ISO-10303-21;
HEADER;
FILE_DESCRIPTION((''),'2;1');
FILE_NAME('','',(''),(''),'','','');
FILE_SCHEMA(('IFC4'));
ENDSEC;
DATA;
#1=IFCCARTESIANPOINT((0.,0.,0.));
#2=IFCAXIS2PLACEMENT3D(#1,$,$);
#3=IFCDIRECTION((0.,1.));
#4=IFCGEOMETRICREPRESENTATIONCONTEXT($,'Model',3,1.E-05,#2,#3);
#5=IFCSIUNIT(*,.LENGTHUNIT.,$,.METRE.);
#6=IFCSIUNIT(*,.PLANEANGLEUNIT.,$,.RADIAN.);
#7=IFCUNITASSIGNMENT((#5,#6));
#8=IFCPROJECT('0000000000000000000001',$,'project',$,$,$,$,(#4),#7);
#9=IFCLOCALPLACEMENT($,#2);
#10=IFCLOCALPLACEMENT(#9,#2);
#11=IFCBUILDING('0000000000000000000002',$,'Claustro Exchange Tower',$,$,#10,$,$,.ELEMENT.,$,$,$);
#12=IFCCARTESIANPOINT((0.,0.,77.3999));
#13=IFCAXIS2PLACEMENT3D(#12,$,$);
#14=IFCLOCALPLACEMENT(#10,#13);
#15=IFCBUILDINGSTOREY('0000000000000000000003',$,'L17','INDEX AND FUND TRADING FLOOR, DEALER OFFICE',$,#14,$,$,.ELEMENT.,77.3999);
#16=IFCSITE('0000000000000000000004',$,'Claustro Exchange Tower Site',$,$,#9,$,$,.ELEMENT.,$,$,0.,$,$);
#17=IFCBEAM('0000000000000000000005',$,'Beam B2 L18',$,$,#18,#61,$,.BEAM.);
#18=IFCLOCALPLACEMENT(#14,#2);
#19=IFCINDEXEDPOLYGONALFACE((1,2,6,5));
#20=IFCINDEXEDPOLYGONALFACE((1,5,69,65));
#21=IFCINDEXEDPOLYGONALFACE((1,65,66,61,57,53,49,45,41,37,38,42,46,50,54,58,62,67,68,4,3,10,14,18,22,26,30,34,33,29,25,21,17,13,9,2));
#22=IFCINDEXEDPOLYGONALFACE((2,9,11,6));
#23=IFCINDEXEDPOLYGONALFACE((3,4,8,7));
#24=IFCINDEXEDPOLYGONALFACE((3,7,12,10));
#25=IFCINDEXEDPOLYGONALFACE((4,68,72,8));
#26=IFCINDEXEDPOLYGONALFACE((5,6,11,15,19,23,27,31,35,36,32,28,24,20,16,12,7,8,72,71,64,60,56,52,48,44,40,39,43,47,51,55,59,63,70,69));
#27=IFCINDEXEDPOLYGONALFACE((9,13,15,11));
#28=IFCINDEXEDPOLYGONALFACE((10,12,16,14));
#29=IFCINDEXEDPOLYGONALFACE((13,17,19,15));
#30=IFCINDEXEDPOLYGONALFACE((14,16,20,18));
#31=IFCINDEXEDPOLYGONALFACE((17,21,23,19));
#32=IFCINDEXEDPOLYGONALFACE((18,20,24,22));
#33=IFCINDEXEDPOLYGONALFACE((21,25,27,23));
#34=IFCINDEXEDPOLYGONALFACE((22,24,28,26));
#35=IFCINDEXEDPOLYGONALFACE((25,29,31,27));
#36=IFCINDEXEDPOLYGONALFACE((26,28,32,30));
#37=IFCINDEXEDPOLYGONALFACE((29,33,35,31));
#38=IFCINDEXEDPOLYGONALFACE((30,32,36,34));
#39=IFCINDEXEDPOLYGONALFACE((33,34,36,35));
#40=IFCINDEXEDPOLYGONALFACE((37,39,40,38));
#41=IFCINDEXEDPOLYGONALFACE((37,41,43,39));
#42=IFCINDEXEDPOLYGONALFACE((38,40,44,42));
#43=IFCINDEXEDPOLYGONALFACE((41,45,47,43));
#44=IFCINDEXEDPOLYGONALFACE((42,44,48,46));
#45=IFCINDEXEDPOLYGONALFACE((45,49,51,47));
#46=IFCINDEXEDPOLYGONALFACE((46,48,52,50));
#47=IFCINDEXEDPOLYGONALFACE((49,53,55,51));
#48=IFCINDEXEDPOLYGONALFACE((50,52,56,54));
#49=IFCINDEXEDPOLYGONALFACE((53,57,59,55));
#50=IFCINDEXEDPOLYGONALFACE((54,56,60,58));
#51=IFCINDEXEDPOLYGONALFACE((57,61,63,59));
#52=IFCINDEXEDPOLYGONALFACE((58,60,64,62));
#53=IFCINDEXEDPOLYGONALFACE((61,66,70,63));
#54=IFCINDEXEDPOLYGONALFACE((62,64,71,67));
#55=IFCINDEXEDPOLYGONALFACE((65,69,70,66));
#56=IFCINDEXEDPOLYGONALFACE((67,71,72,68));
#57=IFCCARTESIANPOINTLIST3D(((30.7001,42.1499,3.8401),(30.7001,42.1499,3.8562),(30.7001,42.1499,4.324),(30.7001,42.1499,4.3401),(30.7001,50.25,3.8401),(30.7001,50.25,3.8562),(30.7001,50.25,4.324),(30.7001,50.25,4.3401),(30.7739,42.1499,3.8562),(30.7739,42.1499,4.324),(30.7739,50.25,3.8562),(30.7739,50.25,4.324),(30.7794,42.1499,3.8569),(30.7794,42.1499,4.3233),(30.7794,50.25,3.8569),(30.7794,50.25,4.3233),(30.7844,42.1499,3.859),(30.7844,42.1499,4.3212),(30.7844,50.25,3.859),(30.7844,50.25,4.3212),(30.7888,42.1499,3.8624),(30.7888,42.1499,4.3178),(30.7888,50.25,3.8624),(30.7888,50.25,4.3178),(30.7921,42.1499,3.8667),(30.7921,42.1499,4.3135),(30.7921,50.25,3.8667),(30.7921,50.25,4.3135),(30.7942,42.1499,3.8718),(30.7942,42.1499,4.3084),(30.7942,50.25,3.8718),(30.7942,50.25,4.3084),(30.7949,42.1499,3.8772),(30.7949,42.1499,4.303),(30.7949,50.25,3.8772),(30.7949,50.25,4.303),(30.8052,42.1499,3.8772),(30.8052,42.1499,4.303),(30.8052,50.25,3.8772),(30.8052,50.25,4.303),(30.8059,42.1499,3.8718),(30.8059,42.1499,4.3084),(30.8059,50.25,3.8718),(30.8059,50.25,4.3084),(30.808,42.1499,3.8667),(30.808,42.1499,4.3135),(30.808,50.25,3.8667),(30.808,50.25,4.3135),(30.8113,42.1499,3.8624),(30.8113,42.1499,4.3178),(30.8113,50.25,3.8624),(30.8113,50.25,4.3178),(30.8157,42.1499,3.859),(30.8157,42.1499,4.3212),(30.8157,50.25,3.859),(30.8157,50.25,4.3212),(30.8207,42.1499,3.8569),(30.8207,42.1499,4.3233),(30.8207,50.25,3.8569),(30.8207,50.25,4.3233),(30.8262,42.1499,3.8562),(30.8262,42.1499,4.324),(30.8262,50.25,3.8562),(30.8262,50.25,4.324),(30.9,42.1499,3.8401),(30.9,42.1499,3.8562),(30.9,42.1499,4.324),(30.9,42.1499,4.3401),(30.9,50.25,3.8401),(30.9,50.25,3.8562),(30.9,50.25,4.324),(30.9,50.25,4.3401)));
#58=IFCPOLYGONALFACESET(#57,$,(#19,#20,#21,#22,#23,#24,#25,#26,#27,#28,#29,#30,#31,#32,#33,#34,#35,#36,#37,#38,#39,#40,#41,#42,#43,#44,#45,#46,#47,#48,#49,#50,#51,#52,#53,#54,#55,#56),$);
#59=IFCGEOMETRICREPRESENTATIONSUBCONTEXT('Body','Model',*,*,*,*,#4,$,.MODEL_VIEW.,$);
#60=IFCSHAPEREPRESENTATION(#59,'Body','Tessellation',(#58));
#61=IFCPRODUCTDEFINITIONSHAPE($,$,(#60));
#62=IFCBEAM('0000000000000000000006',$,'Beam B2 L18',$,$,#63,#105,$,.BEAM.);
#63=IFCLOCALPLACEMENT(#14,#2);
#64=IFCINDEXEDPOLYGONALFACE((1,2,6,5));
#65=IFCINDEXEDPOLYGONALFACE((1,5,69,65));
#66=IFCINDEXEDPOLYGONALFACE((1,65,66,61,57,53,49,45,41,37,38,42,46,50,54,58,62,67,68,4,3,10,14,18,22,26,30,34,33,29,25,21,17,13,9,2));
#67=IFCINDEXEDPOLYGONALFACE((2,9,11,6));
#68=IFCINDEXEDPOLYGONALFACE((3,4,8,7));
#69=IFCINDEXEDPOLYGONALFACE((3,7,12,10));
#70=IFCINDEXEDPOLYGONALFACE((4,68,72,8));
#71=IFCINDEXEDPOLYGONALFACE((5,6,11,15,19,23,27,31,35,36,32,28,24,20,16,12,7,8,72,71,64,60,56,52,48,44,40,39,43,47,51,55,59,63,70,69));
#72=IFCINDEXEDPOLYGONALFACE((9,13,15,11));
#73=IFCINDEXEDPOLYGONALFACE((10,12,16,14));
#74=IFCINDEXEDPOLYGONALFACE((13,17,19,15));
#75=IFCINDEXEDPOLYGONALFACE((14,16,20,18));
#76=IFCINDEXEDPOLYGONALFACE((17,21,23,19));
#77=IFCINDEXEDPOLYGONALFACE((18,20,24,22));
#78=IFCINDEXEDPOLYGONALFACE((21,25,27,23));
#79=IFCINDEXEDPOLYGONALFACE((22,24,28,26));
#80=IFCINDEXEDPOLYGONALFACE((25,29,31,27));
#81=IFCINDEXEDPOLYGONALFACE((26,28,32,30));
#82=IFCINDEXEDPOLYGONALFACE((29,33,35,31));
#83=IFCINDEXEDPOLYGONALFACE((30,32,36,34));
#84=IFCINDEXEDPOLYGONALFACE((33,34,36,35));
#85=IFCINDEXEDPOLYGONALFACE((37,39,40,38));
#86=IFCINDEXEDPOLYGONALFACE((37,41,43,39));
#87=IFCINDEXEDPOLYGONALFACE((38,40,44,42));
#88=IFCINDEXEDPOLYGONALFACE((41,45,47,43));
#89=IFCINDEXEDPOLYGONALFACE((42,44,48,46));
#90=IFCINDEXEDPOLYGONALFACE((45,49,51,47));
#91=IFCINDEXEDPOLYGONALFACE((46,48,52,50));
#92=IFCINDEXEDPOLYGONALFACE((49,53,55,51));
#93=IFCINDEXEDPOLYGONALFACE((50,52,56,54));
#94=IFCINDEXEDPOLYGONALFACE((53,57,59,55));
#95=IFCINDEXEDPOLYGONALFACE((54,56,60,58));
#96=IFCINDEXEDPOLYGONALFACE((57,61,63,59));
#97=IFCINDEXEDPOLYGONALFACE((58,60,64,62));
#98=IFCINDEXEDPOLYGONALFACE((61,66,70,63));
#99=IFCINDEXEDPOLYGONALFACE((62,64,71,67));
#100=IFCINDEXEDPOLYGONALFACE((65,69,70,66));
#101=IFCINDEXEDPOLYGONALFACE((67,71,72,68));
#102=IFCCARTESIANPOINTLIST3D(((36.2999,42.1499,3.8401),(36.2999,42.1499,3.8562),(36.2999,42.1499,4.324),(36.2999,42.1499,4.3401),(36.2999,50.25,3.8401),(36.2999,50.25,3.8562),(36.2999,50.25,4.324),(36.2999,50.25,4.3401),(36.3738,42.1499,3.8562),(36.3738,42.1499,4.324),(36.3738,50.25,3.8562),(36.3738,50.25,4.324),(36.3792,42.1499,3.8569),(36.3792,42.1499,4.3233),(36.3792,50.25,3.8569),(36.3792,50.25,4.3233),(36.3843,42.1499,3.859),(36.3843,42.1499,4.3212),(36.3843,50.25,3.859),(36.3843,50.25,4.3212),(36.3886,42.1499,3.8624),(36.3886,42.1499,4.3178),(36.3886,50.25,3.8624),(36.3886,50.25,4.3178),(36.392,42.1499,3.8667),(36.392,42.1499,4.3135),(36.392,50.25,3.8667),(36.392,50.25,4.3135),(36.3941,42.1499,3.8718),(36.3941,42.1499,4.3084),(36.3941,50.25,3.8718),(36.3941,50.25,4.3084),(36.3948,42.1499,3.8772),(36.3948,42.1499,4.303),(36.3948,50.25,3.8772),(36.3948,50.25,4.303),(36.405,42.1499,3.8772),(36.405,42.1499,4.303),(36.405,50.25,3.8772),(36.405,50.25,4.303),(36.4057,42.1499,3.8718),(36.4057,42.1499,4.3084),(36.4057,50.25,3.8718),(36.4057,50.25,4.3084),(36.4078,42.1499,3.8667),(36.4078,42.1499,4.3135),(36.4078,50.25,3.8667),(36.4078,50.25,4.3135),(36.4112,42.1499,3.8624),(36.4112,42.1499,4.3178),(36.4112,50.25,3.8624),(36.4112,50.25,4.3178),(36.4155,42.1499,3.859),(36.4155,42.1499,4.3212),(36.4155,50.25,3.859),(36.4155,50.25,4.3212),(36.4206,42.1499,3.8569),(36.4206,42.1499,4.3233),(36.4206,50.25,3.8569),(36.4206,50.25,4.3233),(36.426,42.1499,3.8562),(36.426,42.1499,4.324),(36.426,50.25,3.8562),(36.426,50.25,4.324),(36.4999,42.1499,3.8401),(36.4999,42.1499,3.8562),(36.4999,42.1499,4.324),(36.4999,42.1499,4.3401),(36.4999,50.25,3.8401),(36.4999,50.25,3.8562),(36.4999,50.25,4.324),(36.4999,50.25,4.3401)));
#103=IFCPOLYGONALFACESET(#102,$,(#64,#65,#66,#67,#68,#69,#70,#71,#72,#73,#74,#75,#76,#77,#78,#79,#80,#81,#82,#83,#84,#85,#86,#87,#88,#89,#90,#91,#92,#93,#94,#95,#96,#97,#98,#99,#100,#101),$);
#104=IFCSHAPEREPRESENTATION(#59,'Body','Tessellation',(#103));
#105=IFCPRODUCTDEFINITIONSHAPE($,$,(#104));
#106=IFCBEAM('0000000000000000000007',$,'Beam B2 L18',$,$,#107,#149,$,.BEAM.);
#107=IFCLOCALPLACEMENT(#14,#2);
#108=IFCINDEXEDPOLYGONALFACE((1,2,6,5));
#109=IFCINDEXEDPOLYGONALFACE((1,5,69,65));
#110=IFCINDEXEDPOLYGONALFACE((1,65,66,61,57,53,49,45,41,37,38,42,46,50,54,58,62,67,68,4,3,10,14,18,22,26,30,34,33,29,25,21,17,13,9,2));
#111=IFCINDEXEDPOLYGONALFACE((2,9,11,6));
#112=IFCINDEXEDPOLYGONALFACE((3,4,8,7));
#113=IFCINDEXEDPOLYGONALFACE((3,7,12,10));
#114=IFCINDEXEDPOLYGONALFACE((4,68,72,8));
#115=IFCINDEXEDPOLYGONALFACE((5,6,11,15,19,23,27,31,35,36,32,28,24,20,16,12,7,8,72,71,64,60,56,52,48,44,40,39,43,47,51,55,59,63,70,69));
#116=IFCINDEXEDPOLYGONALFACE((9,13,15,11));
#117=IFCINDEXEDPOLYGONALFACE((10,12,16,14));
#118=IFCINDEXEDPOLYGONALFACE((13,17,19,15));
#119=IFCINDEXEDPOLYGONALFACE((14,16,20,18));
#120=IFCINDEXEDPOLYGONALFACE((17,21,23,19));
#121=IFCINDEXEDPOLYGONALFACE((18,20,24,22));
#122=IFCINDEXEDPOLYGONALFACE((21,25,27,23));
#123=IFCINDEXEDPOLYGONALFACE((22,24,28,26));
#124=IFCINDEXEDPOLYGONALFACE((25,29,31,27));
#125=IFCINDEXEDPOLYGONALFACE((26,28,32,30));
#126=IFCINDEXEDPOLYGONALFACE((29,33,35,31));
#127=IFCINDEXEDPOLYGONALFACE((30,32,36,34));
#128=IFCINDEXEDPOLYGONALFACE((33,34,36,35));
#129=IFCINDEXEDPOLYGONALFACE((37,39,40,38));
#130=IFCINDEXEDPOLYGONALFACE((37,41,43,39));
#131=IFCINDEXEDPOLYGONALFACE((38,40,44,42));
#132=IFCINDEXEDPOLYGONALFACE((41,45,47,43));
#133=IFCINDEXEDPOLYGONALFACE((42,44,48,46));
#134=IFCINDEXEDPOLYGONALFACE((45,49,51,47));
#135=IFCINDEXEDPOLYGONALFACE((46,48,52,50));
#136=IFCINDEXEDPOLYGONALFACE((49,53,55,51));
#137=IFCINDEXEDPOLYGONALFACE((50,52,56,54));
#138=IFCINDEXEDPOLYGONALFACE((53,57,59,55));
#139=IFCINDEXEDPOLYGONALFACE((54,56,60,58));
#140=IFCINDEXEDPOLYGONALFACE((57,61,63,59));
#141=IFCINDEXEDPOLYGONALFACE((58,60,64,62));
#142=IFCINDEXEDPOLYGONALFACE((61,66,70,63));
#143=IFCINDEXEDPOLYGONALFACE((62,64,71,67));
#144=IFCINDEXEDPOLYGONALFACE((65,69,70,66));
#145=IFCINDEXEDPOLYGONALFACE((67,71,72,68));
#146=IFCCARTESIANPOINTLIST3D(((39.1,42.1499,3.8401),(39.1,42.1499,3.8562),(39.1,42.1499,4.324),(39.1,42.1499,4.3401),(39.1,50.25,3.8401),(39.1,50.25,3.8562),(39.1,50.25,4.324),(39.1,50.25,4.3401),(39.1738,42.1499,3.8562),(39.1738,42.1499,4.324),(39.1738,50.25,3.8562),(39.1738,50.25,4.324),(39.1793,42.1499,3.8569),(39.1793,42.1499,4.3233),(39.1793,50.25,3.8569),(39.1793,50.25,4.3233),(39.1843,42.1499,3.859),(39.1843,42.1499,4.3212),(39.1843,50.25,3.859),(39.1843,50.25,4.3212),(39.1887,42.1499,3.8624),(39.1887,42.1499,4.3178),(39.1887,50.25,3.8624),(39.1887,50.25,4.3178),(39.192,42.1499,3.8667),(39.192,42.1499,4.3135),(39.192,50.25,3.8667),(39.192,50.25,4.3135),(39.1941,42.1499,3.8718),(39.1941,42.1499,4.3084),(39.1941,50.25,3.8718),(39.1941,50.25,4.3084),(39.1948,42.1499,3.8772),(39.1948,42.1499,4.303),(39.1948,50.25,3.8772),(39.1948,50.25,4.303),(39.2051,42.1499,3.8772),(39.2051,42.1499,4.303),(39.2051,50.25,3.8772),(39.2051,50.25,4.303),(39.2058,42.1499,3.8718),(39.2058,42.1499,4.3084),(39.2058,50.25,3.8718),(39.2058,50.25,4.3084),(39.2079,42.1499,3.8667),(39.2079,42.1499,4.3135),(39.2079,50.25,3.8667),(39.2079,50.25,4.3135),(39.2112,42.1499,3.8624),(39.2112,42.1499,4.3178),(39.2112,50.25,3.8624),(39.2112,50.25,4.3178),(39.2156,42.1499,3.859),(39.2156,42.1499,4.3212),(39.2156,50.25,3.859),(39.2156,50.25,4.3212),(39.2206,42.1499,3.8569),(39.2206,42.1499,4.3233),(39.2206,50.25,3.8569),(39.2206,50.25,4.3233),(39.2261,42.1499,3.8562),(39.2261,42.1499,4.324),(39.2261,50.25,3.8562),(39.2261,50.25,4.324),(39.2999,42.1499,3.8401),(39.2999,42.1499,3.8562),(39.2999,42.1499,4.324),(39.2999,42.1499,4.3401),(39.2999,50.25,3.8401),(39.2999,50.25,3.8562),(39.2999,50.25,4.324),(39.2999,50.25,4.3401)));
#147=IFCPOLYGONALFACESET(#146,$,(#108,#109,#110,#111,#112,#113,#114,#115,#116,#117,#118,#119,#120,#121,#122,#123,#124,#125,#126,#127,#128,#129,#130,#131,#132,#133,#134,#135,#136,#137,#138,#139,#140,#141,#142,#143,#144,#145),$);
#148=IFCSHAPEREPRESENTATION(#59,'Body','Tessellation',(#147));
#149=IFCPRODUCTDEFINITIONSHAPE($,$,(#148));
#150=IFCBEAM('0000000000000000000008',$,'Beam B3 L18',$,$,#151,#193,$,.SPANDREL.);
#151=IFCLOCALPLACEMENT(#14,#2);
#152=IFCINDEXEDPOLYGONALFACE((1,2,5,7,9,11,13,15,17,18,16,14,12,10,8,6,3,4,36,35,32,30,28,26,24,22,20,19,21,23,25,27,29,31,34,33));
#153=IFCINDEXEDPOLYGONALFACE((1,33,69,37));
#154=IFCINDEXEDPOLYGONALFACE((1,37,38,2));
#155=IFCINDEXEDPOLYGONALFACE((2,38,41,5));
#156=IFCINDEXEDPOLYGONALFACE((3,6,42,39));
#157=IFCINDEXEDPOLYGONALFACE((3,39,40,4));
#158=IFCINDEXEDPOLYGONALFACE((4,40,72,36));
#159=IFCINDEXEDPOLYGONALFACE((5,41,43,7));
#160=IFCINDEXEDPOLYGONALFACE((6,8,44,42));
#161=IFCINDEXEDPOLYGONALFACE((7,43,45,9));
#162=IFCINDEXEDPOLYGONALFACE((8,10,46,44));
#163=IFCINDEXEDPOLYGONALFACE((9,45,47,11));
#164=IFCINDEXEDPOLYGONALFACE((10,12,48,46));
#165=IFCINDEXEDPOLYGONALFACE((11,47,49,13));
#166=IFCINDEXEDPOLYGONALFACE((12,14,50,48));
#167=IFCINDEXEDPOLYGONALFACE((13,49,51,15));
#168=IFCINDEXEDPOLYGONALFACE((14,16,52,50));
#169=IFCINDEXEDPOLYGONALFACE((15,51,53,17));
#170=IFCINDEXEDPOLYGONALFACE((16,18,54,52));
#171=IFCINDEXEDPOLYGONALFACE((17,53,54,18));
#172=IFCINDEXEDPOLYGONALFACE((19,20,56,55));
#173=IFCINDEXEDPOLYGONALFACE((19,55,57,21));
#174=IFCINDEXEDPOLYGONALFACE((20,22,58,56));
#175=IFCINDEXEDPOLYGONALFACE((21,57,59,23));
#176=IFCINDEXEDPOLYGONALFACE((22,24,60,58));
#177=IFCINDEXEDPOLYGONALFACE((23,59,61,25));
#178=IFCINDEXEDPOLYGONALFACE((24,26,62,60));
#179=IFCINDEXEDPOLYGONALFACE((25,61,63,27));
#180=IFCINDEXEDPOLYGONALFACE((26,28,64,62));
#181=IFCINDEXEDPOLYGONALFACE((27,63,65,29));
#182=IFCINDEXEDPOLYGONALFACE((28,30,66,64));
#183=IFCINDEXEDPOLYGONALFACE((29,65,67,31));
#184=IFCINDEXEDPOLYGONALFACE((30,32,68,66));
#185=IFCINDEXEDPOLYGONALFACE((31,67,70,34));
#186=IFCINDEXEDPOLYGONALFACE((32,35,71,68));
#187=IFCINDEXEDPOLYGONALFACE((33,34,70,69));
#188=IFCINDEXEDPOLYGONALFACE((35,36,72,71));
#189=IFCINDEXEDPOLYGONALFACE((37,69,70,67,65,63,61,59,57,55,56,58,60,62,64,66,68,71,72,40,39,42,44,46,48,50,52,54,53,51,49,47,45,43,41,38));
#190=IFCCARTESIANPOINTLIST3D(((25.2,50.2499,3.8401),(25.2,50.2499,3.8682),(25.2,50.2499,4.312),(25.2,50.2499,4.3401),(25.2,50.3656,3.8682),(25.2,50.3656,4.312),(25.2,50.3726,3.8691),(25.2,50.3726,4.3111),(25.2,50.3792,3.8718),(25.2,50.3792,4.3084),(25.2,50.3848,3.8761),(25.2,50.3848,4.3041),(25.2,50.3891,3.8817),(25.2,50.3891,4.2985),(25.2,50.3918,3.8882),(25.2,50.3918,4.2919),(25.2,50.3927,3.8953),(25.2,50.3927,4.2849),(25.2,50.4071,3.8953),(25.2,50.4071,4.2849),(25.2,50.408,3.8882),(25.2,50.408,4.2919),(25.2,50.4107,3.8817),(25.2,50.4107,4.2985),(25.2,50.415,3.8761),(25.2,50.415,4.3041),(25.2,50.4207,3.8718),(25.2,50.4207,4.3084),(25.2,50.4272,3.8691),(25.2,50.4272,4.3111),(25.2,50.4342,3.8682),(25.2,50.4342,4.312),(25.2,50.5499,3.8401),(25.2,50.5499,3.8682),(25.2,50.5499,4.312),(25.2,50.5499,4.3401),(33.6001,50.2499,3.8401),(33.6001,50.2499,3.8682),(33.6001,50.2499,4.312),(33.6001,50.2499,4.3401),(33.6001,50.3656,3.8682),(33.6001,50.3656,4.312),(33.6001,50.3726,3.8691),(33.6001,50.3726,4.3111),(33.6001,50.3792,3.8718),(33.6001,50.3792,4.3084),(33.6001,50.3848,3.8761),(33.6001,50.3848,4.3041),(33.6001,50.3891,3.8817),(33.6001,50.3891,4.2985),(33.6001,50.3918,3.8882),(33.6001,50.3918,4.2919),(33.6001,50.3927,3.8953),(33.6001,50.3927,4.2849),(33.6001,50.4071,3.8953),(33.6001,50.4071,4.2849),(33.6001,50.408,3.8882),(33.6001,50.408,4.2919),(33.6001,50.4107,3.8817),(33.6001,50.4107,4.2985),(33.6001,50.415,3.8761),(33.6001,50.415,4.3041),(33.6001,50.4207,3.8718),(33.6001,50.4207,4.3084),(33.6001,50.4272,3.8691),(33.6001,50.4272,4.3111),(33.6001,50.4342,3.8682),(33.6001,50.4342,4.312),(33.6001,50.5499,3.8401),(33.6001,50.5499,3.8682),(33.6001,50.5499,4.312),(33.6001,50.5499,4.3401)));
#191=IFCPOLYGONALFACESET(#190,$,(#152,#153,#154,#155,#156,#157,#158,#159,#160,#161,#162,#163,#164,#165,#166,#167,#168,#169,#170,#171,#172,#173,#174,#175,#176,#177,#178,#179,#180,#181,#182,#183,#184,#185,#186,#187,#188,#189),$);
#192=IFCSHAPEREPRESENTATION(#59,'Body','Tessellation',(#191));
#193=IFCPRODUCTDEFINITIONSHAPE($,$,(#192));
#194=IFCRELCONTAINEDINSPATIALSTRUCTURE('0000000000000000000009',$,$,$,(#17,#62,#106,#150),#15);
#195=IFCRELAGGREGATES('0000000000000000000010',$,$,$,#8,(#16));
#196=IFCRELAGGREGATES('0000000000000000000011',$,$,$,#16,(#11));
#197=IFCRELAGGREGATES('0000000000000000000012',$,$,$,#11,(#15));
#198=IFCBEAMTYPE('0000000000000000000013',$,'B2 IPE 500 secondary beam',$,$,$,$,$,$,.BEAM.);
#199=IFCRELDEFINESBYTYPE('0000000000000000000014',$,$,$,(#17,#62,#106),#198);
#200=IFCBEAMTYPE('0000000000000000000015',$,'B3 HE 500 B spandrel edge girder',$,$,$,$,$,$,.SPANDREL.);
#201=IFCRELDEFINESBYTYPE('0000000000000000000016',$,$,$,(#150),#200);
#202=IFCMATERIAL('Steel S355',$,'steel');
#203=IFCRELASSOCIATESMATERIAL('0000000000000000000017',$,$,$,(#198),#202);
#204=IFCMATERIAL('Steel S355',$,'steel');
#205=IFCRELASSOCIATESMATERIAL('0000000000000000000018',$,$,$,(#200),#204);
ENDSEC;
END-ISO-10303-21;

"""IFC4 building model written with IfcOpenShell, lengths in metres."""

from ifc_helpers import new_model, si_unit, direction, frame, origin, origin_2d, place, context, subcontext, project, spatial, i_section, extrude, material, material_profile, profile_set, type_object, element, save


model = new_model("IFC4")

# Units and contexts
model_context = context("Model", 3, precision=1e-05, world=origin(), true_north=direction((0.0, 1.0)))
body_context = subcontext(model_context, "Body", "Model", "MODEL_VIEW")
ifc_project = project(units=[si_unit("LENGTHUNIT", "METRE"), si_unit("PLANEANGLEUNIT", "RADIAN")], contexts=[model_context])

# Site, building, storey
site_placement = place(None, origin())
site = spatial("IfcSite", under=ifc_project, at=site_placement, Name="Claustro Exchange Tower Site", CompositionType="ELEMENT", RefElevation=0.0)
building_placement = place(site_placement, origin())
building = spatial("IfcBuilding", under=site, at=building_placement, Name="Claustro Exchange Tower", CompositionType="ELEMENT")
storey_placement = place(building_placement, frame((0.0, 0.0, 77.3999)))
storey = spatial("IfcBuildingStorey", under=building, at=storey_placement, Name="L17", Description="INDEX AND FUND TRADING FLOOR, DEALER OFFICE", CompositionType="ELEMENT", Elevation=77.3999)

# Beams
ifc_material_1 = material(Name="Steel S355", Category="steel")
ifc_material_profile_1 = material_profile(ifc_material_1, i_section(OverallWidth=0.2, OverallDepth=0.5, WebThickness=0.0103, FlangeThickness=0.0161, FilletRadius=0.021, at=origin_2d()), Name="IPE 500")
ifc_profile_set_1 = profile_set([ifc_material_profile_1], Name="Steel S355")
beam_type_1 = type_object("IfcBeamType", Name="B2 IPE 500 secondary beam", PredefinedType="BEAM", material=ifc_profile_set_1)
for number, where, z_axis, x_axis, name in (
    (1, (30.8, 42.1499, 4.0901), (0.0, 1.0, 0.0), (-1.0, 0.0, 0.0), "Beam B2 L18"),
    (2, (36.3999, 42.1499, 4.0901), (0.0, 1.0, 0.0), (-1.0, 0.0, 0.0), "Beam B2 L18"),
    (3, (39.2, 42.1499, 4.0901), (0.0, 1.0, 0.0), (-1.0, 0.0, 0.0), "Beam B2 L18"),
):
    element("IfcBeam", number, at=place(storey_placement, frame(where, z_axis=z_axis, x_axis=x_axis)), inside=storey, type_object=beam_type_1, Name=name, PredefinedType="BEAM", context=body_context, shape_type="SweptSolid", body=[
        extrude(i_section(OverallWidth=0.2, OverallDepth=0.5, WebThickness=0.0103, FlangeThickness=0.0161, FilletRadius=0.021, at=origin_2d()), origin(), (0.0, 0.0, 1.0), 8.1001),
    ])
ifc_material_2 = material(Name="Steel S355", Category="steel")
ifc_material_profile_2 = material_profile(ifc_material_2, i_section(OverallWidth=0.3, OverallDepth=0.5, WebThickness=0.0144, FlangeThickness=0.0281, FilletRadius=0.0271, at=origin_2d()), Name="HE 500 B")
ifc_profile_set_2 = profile_set([ifc_material_profile_2], Name="Steel S355")
beam_type_2 = type_object("IfcBeamType", Name="B3 HE 500 B spandrel edge girder", PredefinedType="SPANDREL", material=ifc_profile_set_2)
beam_1_placement = place(storey_placement, frame((25.2, 50.3999, 4.0901), z_axis=(1.0, 0.0, 0.0), x_axis=(0.0, 1.0, 0.0)))
element("IfcBeam", 4, at=beam_1_placement, inside=storey, type_object=beam_type_2, Name="Beam B3 L18", PredefinedType="SPANDREL", context=body_context, shape_type="SweptSolid", body=[
    extrude(i_section(OverallWidth=0.3, OverallDepth=0.5, WebThickness=0.0144, FlangeThickness=0.0281, FilletRadius=0.0271, at=origin_2d()), origin(), (0.0, 0.0, 1.0), 8.4001),
])

save(model, "model.ifc")
